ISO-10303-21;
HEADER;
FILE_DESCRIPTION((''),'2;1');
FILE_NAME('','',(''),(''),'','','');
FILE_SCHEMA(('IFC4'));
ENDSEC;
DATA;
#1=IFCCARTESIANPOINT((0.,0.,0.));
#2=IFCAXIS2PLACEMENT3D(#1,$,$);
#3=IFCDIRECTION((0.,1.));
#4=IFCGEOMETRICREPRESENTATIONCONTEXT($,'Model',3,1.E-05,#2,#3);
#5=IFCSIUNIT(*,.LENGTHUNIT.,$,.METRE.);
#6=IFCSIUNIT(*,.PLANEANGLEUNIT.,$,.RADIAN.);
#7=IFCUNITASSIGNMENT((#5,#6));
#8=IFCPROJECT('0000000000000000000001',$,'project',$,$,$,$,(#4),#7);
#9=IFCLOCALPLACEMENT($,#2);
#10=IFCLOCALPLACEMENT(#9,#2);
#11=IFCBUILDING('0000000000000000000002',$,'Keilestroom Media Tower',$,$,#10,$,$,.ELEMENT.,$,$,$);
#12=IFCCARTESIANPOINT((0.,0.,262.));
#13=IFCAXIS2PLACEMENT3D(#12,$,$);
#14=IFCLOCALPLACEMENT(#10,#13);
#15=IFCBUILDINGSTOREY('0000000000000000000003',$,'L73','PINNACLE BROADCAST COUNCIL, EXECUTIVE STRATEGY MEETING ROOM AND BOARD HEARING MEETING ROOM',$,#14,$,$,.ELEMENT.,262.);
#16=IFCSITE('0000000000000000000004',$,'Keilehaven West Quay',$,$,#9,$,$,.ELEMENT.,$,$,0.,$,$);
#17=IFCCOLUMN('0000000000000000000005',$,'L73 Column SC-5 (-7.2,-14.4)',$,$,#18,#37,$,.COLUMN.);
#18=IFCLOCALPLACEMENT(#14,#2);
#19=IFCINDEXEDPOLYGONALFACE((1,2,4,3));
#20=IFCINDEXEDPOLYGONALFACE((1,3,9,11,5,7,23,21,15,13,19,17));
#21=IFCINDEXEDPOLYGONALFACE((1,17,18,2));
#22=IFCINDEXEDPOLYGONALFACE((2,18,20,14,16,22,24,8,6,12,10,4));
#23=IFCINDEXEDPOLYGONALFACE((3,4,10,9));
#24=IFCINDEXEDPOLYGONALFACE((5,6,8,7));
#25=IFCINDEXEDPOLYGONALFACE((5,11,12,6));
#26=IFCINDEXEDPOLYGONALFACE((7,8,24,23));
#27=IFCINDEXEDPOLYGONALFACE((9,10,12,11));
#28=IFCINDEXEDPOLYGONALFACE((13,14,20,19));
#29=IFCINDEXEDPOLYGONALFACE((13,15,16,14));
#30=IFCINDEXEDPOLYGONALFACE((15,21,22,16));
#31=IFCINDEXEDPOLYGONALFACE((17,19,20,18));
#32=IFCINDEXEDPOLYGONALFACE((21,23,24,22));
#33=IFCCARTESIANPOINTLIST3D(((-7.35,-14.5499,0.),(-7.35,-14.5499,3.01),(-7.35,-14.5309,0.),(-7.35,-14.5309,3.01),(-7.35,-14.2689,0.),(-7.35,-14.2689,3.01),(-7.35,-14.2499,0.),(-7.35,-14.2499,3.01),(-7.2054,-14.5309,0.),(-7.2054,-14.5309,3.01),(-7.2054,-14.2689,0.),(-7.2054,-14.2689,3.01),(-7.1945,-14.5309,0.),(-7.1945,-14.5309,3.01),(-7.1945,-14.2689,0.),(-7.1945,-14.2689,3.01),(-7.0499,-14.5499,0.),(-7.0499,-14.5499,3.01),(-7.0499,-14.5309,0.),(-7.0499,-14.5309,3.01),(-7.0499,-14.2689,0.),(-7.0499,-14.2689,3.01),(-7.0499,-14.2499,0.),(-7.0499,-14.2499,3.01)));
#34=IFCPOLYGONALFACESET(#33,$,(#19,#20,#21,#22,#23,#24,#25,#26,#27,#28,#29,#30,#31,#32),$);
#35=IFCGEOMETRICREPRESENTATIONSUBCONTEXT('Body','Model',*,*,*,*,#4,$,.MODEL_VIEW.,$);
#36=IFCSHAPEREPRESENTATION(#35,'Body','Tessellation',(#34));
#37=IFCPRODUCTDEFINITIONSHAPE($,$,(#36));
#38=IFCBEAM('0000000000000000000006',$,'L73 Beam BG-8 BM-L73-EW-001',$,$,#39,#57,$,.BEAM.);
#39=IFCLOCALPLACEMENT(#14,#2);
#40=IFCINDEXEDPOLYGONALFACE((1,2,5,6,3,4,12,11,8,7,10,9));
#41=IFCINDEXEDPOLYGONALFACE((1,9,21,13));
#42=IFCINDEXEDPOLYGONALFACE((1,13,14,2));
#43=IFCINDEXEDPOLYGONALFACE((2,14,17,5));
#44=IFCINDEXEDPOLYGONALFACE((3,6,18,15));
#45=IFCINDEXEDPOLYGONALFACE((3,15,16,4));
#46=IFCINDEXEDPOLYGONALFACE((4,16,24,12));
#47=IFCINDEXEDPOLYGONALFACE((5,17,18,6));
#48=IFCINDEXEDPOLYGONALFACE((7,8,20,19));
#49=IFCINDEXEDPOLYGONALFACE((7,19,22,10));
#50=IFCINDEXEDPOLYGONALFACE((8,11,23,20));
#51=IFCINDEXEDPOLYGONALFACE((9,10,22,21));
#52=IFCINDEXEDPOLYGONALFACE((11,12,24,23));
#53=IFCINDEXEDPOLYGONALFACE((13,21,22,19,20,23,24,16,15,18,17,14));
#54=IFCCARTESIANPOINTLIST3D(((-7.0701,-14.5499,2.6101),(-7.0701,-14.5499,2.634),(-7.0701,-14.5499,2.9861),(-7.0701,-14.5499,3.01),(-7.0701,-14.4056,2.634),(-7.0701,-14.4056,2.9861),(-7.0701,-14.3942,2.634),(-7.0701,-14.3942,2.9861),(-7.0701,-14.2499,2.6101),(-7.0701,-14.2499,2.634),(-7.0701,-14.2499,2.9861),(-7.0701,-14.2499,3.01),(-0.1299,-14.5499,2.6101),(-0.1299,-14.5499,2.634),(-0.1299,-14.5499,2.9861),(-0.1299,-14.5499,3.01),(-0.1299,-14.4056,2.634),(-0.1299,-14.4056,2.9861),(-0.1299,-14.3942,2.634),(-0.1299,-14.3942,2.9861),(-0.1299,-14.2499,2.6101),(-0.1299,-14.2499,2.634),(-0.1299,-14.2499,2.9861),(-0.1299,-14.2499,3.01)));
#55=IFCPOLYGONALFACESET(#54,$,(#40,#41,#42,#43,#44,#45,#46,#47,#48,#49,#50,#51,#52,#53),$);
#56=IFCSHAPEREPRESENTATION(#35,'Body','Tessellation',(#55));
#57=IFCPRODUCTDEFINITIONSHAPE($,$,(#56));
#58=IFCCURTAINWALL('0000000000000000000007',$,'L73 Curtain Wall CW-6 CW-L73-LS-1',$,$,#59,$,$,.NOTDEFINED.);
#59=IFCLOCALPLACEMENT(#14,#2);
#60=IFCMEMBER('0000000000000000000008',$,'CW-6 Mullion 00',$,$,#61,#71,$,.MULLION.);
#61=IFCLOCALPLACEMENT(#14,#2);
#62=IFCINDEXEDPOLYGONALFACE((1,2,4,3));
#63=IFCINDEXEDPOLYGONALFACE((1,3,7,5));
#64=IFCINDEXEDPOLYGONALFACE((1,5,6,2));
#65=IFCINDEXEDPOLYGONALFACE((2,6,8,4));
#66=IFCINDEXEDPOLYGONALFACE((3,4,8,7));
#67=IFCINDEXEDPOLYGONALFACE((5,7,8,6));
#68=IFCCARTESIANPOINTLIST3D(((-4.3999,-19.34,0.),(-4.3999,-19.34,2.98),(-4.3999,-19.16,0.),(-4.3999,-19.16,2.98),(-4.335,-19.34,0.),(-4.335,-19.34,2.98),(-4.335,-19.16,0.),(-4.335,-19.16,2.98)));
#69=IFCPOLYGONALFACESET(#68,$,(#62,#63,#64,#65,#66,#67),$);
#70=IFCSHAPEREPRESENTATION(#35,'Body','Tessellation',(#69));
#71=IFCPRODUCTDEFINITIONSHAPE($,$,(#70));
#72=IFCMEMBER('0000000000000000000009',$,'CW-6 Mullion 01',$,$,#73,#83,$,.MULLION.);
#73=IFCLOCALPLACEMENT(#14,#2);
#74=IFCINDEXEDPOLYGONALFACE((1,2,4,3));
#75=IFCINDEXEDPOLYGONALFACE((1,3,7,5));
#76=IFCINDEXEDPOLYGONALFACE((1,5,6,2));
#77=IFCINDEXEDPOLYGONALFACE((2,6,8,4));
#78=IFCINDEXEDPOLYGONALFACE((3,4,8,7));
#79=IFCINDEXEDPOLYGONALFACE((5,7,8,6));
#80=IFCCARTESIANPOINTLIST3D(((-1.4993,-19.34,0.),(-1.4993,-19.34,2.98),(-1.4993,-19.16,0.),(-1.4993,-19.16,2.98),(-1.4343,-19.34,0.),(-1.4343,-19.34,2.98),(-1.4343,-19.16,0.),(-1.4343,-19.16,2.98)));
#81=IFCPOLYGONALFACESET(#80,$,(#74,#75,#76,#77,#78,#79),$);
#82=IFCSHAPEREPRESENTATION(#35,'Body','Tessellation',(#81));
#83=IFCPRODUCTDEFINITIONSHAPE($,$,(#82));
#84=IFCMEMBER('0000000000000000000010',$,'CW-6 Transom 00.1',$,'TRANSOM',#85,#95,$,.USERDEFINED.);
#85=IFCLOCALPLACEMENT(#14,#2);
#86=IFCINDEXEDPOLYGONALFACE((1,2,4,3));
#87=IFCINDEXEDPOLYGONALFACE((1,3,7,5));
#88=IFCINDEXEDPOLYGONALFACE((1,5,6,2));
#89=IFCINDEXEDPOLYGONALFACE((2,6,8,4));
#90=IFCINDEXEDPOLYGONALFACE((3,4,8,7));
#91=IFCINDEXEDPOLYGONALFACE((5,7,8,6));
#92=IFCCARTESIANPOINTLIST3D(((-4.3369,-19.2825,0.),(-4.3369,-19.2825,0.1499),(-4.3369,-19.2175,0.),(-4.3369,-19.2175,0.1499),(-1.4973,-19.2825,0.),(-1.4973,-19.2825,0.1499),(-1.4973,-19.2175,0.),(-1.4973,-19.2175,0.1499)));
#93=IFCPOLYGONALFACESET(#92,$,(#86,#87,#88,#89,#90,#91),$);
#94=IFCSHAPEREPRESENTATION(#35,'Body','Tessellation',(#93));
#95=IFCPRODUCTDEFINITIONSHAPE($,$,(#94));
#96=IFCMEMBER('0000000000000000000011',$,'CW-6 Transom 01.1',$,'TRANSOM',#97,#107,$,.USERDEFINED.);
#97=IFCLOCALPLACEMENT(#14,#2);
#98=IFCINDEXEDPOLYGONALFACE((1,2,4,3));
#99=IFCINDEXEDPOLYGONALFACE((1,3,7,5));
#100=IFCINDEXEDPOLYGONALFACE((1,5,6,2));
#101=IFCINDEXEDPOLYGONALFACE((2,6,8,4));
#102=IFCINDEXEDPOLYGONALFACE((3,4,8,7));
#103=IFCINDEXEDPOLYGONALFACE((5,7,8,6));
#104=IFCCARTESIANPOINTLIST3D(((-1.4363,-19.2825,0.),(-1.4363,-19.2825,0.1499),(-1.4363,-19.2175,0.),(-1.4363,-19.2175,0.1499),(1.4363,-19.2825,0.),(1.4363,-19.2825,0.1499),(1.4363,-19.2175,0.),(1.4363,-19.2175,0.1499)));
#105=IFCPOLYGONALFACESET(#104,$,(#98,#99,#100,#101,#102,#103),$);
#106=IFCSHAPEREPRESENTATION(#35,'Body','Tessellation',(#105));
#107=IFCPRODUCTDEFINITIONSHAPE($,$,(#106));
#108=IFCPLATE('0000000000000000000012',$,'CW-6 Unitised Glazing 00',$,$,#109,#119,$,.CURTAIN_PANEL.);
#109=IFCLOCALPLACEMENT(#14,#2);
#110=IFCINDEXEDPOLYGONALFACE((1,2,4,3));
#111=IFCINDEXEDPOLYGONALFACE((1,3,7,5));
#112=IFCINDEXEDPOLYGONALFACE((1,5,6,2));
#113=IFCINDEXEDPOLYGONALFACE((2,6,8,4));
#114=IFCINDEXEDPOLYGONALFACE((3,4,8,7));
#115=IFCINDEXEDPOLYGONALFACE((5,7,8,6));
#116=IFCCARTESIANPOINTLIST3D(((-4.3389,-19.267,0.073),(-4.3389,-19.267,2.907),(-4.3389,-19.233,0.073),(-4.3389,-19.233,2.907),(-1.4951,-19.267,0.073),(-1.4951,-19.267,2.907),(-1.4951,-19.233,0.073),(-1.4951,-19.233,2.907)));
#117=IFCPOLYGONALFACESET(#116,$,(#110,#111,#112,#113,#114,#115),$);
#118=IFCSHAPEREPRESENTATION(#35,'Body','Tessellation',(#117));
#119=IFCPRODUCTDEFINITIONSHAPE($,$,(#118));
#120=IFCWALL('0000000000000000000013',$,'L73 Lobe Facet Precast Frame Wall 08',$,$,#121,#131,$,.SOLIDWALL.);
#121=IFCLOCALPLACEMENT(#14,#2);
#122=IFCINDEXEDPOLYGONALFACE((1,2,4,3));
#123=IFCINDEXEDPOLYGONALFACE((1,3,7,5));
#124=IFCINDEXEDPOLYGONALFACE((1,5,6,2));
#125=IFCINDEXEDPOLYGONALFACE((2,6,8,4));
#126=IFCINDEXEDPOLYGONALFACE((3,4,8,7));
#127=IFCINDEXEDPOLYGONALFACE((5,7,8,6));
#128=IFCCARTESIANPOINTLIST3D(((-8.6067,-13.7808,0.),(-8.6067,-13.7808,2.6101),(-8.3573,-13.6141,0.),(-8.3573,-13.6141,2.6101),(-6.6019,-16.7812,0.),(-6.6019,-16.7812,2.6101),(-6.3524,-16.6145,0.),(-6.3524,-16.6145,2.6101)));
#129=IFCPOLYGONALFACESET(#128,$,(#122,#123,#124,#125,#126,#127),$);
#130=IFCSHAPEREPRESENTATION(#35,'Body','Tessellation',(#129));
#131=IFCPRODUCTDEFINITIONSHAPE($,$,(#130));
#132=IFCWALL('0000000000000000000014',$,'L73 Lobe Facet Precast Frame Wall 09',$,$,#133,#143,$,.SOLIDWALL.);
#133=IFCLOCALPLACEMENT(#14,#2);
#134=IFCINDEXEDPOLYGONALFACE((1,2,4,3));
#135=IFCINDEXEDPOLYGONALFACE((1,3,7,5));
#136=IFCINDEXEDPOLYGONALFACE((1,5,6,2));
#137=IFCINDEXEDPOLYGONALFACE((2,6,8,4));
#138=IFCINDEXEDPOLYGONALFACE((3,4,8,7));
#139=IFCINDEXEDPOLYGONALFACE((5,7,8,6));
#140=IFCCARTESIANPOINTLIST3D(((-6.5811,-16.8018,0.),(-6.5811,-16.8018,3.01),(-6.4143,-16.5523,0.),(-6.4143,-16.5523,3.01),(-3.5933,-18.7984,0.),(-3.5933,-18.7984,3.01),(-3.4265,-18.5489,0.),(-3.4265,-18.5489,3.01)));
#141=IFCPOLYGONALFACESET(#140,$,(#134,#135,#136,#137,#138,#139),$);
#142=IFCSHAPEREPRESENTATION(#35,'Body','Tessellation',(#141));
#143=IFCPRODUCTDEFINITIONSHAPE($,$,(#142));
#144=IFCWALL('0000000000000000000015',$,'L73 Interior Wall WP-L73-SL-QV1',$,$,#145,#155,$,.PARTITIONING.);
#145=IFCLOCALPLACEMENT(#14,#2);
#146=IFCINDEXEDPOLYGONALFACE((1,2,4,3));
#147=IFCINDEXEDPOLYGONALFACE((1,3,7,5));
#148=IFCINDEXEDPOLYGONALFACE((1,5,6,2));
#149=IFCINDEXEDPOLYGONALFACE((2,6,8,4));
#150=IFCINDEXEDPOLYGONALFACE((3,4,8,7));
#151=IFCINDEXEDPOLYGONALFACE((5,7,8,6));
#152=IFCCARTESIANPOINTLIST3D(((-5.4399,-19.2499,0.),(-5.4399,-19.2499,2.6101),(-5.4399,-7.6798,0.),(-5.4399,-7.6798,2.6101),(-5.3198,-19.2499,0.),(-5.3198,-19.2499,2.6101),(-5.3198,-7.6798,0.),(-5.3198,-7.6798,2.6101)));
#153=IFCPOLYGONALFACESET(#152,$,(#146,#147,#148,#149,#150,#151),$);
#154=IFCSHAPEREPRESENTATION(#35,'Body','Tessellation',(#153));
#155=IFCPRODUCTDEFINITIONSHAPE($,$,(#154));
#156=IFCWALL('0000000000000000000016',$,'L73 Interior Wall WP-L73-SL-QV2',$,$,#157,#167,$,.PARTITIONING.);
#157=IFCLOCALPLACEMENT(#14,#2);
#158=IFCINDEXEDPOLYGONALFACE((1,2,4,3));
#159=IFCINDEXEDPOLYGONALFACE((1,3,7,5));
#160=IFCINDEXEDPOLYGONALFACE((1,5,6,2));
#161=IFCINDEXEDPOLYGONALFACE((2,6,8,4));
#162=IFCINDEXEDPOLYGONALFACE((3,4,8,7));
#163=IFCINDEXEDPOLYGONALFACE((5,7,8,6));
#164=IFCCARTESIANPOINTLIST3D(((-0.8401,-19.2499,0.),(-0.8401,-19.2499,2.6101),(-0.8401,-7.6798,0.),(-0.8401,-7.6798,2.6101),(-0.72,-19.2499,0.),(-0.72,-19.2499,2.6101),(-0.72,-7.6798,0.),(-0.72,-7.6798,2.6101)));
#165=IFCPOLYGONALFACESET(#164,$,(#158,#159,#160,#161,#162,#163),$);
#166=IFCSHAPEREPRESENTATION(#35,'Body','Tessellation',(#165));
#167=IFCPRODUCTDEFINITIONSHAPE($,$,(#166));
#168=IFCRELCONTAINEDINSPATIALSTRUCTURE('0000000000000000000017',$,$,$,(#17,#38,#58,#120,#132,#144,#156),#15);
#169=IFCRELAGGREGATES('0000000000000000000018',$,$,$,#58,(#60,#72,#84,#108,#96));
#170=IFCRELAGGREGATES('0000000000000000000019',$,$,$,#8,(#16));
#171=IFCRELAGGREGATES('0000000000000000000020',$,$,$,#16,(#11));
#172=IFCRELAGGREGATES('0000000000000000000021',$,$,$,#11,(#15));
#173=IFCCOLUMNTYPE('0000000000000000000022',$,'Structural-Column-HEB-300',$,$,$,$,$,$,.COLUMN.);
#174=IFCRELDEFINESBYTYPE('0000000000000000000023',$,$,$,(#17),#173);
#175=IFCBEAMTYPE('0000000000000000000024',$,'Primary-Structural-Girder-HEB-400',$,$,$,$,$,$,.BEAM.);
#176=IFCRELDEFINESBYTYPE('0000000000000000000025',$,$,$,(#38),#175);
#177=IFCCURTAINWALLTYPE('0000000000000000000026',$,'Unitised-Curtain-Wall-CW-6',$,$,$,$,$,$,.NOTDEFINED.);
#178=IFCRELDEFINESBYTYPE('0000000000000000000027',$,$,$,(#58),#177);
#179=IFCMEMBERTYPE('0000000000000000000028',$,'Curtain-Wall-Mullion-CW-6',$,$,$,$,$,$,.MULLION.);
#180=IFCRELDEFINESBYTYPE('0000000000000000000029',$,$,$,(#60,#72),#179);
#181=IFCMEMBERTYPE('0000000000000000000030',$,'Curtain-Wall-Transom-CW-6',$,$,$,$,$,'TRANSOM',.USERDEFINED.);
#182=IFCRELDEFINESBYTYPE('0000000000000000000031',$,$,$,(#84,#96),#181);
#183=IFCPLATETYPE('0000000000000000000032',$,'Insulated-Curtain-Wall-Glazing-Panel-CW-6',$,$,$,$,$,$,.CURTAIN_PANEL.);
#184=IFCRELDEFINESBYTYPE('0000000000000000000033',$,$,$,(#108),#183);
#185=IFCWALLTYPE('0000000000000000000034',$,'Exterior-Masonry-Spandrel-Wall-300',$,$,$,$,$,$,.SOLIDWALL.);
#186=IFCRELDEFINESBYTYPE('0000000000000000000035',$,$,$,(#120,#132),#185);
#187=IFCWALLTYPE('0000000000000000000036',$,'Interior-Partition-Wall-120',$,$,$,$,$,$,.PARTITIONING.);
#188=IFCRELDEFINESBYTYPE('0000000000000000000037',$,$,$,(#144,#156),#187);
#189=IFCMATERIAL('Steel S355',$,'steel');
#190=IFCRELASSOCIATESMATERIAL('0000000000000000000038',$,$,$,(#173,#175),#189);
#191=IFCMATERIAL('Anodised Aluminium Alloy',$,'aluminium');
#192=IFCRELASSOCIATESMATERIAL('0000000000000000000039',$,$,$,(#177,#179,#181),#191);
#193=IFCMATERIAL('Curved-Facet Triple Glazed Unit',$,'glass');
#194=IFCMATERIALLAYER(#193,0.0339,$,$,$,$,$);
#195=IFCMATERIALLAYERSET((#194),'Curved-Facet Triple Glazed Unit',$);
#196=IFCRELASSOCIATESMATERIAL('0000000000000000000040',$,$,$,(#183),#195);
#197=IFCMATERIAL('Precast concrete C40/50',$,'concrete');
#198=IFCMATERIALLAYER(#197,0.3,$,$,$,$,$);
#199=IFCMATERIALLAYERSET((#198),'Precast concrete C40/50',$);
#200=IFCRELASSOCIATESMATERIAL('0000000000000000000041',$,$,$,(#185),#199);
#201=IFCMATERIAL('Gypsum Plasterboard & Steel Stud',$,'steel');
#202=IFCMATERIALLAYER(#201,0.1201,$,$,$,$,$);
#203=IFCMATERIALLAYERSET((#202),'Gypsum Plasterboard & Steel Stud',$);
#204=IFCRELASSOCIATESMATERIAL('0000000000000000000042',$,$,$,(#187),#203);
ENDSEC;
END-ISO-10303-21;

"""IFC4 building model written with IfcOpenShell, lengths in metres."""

from ifc_helpers import new_model, si_unit, direction, frame, frame_2d, origin, origin_2d, place, context, subcontext, project, spatial, rectangle, i_section, extrude, source, transform, mapped, material, layer, layer_set, material_profile, profile_set, type_object, element, aggregate, save


model = new_model("IFC4")

# Units and contexts
model_context = context("Model", 3, precision=1e-05, world=origin(), true_north=direction((0.0, 1.0)))
body_context = subcontext(model_context, "Body", "Model", "MODEL_VIEW")
ifc_project = project(units=[si_unit("LENGTHUNIT", "METRE"), si_unit("PLANEANGLEUNIT", "RADIAN")], contexts=[model_context])

# Site, building, storey
site_placement = place(None, origin())
site = spatial("IfcSite", under=ifc_project, at=site_placement, Name="Keilehaven West Quay", CompositionType="ELEMENT", RefElevation=0.0)
building_placement = place(site_placement, origin())
building = spatial("IfcBuilding", under=site, at=building_placement, Name="Keilestroom Media Tower", CompositionType="ELEMENT")
storey_placement = place(building_placement, frame((0.0, 0.0, 262.0)))
storey = spatial("IfcBuildingStorey", under=building, at=storey_placement, Name="L73", Description="PINNACLE BROADCAST COUNCIL, EXECUTIVE STRATEGY MEETING ROOM AND BOARD HEARING MEETING ROOM", CompositionType="ELEMENT", Elevation=262.0)

# Column
ifc_material_1 = material(Name="Steel S355", Category="steel")
ifc_material_profile_1 = material_profile(ifc_material_1, i_section(OverallWidth=0.3, OverallDepth=0.3, WebThickness=0.011, FlangeThickness=0.019, at=origin_2d()), Name="HEB 300")
ifc_profile_set_1 = profile_set([ifc_material_profile_1], Name="Steel S355")
column_type = type_object("IfcColumnType", Name="Structural-Column-HEB-300", PredefinedType="COLUMN", material=ifc_profile_set_1)
shared_shape_1 = source(origin(), body_context, "Body", "SweptSolid", [
    extrude(i_section(OverallWidth=0.3, OverallDepth=0.3, WebThickness=0.011, FlangeThickness=0.019, at=origin_2d()), origin(), (0.0, 0.0, 1.0), 3.01),
])
column_placement = place(storey_placement, frame((-7.2, -14.3999, 0.0), z_axis=(0.0, 0.0, 1.0), x_axis=(1.0, 0.0, 0.0)))
element("IfcColumn", 1, at=column_placement, inside=storey, type_object=column_type, Name="L73 Column SC-5 (-7.2,-14.4)", PredefinedType="COLUMN", context=body_context, shape_type="MappedRepresentation", body=[
    mapped(shared_shape_1, transform((0.0, 0.0, 0.0), x_axis=(1.0, 0.0, 0.0), y_axis=(0.0, 1.0, 0.0), z_axis=(0.0, 0.0, 1.0), scale=1.0)),
])

# Beam
ifc_material_profile_2 = material_profile(ifc_material_1, i_section(OverallWidth=0.3, OverallDepth=0.3999, WebThickness=0.0115, FlangeThickness=0.0239, at=origin_2d()), Name="HEB 400")
ifc_profile_set_2 = profile_set([ifc_material_profile_2], Name="Steel S355")
beam_type = type_object("IfcBeamType", Name="Primary-Structural-Girder-HEB-400", PredefinedType="BEAM", material=ifc_profile_set_2)
shared_shape_2 = source(origin(), body_context, "Body", "SweptSolid", [
    extrude(i_section(OverallWidth=0.3, OverallDepth=0.3999, WebThickness=0.0115, FlangeThickness=0.0239, at=origin_2d()), origin(), (0.0, 0.0, 1.0), 6.9402),
])
beam_placement = place(storey_placement, frame((-7.0701, -14.3999, 2.8101), z_axis=(1.0, 0.0, 0.0), x_axis=(0.0, 1.0, 0.0)))
element("IfcBeam", 2, at=beam_placement, inside=storey, type_object=beam_type, Name="L73 Beam BG-8 BM-L73-EW-001", PredefinedType="BEAM", context=body_context, shape_type="MappedRepresentation", body=[
    mapped(shared_shape_2, transform((0.0, 0.0, 0.0), x_axis=(1.0, 0.0, 0.0), y_axis=(0.0, 1.0, 0.0), z_axis=(0.0, 0.0, 1.0), scale=1.0)),
])

# Curtain wall, members, plate
ifc_material_2 = material(Name="Anodised Aluminium Alloy", Category="aluminium")
curtain_wall_type = type_object("IfcCurtainWallType", Name="Unitised-Curtain-Wall-CW-6", PredefinedType="NOTDEFINED", material=ifc_material_2)
curtain_wall_placement = place(storey_placement, origin())
curtain_wall = element("IfcCurtainWall", 3, at=curtain_wall_placement, inside=storey, type_object=curtain_wall_type, Name="L73 Curtain Wall CW-6 CW-L73-LS-1", PredefinedType="NOTDEFINED")
ifc_material_profile_3 = material_profile(ifc_material_2, rectangle(XDim=0.0649, YDim=0.1799, at=origin_2d()), Name="ALU MULLION 65x180")
ifc_profile_set_3 = profile_set([ifc_material_profile_3], Name="Anodised Aluminium Alloy")
member_type_1 = type_object("IfcMemberType", Name="Curtain-Wall-Mullion-CW-6", PredefinedType="MULLION", material=ifc_profile_set_3)
shared_shape_3 = source(origin(), body_context, "Body", "SweptSolid", [
    extrude(rectangle(XDim=0.0649, YDim=0.1799, at=origin_2d()), origin(), (0.0, 0.0, 1.0), 2.98),
])
member_1_placement = place(storey_placement, frame((-4.3674, -19.25, 0.0), z_axis=(0.0, 0.0, 1.0), x_axis=(1.0, 0.0, 0.0)))
member_1 = element("IfcMember", 4, at=member_1_placement, type_object=member_type_1, Name="CW-6 Mullion 00", PredefinedType="MULLION", context=body_context, shape_type="MappedRepresentation", body=[
    mapped(shared_shape_3, transform((0.0, 0.0, 0.0), x_axis=(1.0, 0.0, 0.0), y_axis=(0.0, 1.0, 0.0), z_axis=(0.0, 0.0, 1.0), scale=1.0)),
])
member_2_placement = place(storey_placement, frame((-1.4668, -19.25, 0.0), z_axis=(0.0, 0.0, 1.0), x_axis=(1.0, 0.0, 0.0)))
member_2 = element("IfcMember", 5, at=member_2_placement, type_object=member_type_1, Name="CW-6 Mullion 01", PredefinedType="MULLION", context=body_context, shape_type="MappedRepresentation", body=[
    mapped(shared_shape_3, transform((0.0, 0.0, 0.0), x_axis=(1.0, 0.0, 0.0), y_axis=(0.0, 1.0, 0.0), z_axis=(0.0, 0.0, 1.0), scale=1.0)),
])
ifc_material_profile_4 = material_profile(ifc_material_2, rectangle(XDim=0.0649, YDim=0.1499, at=origin_2d()), Name="ALU TRANSOM 65x150")
ifc_profile_set_4 = profile_set([ifc_material_profile_4], Name="Anodised Aluminium Alloy")
member_type_2 = type_object("IfcMemberType", Name="Curtain-Wall-Transom-CW-6", ElementType="TRANSOM", PredefinedType="USERDEFINED", material=ifc_profile_set_4)
shared_shape_4 = source(origin(), body_context, "Body", "SweptSolid", [
    extrude(rectangle(XDim=0.0649, YDim=0.1499, at=origin_2d()), origin(), (0.0, 0.0, 1.0), 2.8396),
])
member_3_placement = place(storey_placement, frame((-4.3369, -19.25, 0.075), z_axis=(1.0, 0.0, 0.0), x_axis=(0.0, 1.0, 0.0)))
member_3 = element("IfcMember", 6, at=member_3_placement, type_object=member_type_2, Name="CW-6 Transom 00.1", ObjectType="TRANSOM", PredefinedType="USERDEFINED", context=body_context, shape_type="MappedRepresentation", body=[
    mapped(shared_shape_4, transform((0.0, 0.0, 0.0), x_axis=(1.0, 0.0, 0.0), y_axis=(0.0, 1.0, 0.0), z_axis=(0.0, 0.0, 1.0), scale=1.0)),
])
shared_shape_5 = source(origin(), body_context, "Body", "SweptSolid", [
    extrude(rectangle(XDim=0.0649, YDim=0.1499, at=origin_2d()), origin(), (0.0, 0.0, 1.0), 2.8726),
])
member_4_placement = place(storey_placement, frame((-1.4363, -19.25, 0.075), z_axis=(1.0, 0.0, 0.0), x_axis=(0.0, 1.0, 0.0)))
member_4 = element("IfcMember", 7, at=member_4_placement, type_object=member_type_2, Name="CW-6 Transom 01.1", ObjectType="TRANSOM", PredefinedType="USERDEFINED", context=body_context, shape_type="MappedRepresentation", body=[
    mapped(shared_shape_5, transform((0.0, 0.0, 0.0), x_axis=(1.0, 0.0, 0.0), y_axis=(0.0, 1.0, 0.0), z_axis=(0.0, 0.0, 1.0), scale=1.0)),
])
ifc_material_3 = material(Name="Curved-Facet Triple Glazed Unit", Category="glass")
ifc_layer_1 = layer(ifc_material_3, 0.0339)
ifc_layer_set_1 = layer_set([ifc_layer_1], Name="Curved-Facet Triple Glazed Unit")
plate_type = type_object("IfcPlateType", Name="Insulated-Curtain-Wall-Glazing-Panel-CW-6", PredefinedType="CURTAIN_PANEL", material=ifc_layer_set_1)
shared_shape_6 = source(origin(), body_context, "Body", "SweptSolid", [
    extrude(rectangle(XDim=2.8438, YDim=0.0339, at=origin_2d()), origin(), (0.0, 0.0, 1.0), 2.834),
])
plate_placement = place(storey_placement, frame((-2.917, -19.25, 0.073), z_axis=(0.0, 0.0, 1.0), x_axis=(1.0, 0.0, 0.0)))
plate = element("IfcPlate", 8, at=plate_placement, type_object=plate_type, Name="CW-6 Unitised Glazing 00", PredefinedType="CURTAIN_PANEL", context=body_context, shape_type="MappedRepresentation", body=[
    mapped(shared_shape_6, transform((0.0, 0.0, 0.0), x_axis=(1.0, 0.0, 0.0), y_axis=(0.0, 1.0, 0.0), z_axis=(0.0, 0.0, 1.0), scale=1.0)),
])
aggregate(curtain_wall, [member_1, member_2, member_3, plate, member_4])

# Walls
ifc_material_4 = material(Name="Precast concrete C40/50", Category="concrete")
ifc_layer_2 = layer(ifc_material_4, 0.3)
ifc_layer_set_2 = layer_set([ifc_layer_2], Name="Precast concrete C40/50")
wall_type_1 = type_object("IfcWallType", Name="Exterior-Masonry-Spandrel-Wall-300", PredefinedType="SOLIDWALL", material=ifc_layer_set_2)
wall_1_placement = place(storey_placement, frame((-8.4819, -13.6975, 0.0), z_axis=(0.0, 0.0, 1.0), x_axis=(0.555574, -0.831467, 0.0)))
element("IfcWall", 9, at=wall_1_placement, inside=storey, type_object=wall_type_1, Name="L73 Lobe Facet Precast Frame Wall 08", PredefinedType="SOLIDWALL", context=body_context, shape_type="SweptSolid", body=[
    extrude(rectangle(XDim=3.6086, YDim=0.3, at=frame_2d((1.8042, 0.0))), origin(), (0.0, 0.0, 1.0), 2.6101),
])
wall_2_placement = place(storey_placement, frame((-6.4978, -16.677, 0.0), z_axis=(0.0, 0.0, 1.0), x_axis=(0.831444, -0.555609, 0.0)))
element("IfcWall", 10, at=wall_2_placement, inside=storey, type_object=wall_type_1, Name="L73 Lobe Facet Precast Frame Wall 09", PredefinedType="SOLIDWALL", context=body_context, shape_type="SweptSolid", body=[
    extrude(rectangle(XDim=3.5935, YDim=0.3, at=frame_2d((1.7969, 0.0))), origin(), (0.0, 0.0, 1.0), 3.01),
])
ifc_material_5 = material(Name="Gypsum Plasterboard & Steel Stud", Category="steel")
ifc_layer_3 = layer(ifc_material_5, 0.1201)
ifc_layer_set_3 = layer_set([ifc_layer_3], Name="Gypsum Plasterboard & Steel Stud")
wall_type_2 = type_object("IfcWallType", Name="Interior-Partition-Wall-120", PredefinedType="PARTITIONING", material=ifc_layer_set_3)
for number, where, z_axis, x_axis, name in (
    (11, (-5.3799, -19.25, 0.0), (0.0, 0.0, 1.0), (0.0, 1.0, 0.0), "L73 Interior Wall WP-L73-SL-QV1"),
    (12, (-0.78, -19.25, 0.0), (0.0, 0.0, 1.0), (0.0, 1.0, 0.0), "L73 Interior Wall WP-L73-SL-QV2"),
):
    element("IfcWall", number, at=place(storey_placement, frame(where, z_axis=z_axis, x_axis=x_axis)), inside=storey, type_object=wall_type_2, Name=name, PredefinedType="PARTITIONING", context=body_context, shape_type="SweptSolid", body=[
        extrude(rectangle(XDim=11.5701, YDim=0.1201, at=frame_2d((5.7852, 0.0))), origin(), (0.0, 0.0, 1.0), 2.6101),
    ])

save(model, "model.ifc")
